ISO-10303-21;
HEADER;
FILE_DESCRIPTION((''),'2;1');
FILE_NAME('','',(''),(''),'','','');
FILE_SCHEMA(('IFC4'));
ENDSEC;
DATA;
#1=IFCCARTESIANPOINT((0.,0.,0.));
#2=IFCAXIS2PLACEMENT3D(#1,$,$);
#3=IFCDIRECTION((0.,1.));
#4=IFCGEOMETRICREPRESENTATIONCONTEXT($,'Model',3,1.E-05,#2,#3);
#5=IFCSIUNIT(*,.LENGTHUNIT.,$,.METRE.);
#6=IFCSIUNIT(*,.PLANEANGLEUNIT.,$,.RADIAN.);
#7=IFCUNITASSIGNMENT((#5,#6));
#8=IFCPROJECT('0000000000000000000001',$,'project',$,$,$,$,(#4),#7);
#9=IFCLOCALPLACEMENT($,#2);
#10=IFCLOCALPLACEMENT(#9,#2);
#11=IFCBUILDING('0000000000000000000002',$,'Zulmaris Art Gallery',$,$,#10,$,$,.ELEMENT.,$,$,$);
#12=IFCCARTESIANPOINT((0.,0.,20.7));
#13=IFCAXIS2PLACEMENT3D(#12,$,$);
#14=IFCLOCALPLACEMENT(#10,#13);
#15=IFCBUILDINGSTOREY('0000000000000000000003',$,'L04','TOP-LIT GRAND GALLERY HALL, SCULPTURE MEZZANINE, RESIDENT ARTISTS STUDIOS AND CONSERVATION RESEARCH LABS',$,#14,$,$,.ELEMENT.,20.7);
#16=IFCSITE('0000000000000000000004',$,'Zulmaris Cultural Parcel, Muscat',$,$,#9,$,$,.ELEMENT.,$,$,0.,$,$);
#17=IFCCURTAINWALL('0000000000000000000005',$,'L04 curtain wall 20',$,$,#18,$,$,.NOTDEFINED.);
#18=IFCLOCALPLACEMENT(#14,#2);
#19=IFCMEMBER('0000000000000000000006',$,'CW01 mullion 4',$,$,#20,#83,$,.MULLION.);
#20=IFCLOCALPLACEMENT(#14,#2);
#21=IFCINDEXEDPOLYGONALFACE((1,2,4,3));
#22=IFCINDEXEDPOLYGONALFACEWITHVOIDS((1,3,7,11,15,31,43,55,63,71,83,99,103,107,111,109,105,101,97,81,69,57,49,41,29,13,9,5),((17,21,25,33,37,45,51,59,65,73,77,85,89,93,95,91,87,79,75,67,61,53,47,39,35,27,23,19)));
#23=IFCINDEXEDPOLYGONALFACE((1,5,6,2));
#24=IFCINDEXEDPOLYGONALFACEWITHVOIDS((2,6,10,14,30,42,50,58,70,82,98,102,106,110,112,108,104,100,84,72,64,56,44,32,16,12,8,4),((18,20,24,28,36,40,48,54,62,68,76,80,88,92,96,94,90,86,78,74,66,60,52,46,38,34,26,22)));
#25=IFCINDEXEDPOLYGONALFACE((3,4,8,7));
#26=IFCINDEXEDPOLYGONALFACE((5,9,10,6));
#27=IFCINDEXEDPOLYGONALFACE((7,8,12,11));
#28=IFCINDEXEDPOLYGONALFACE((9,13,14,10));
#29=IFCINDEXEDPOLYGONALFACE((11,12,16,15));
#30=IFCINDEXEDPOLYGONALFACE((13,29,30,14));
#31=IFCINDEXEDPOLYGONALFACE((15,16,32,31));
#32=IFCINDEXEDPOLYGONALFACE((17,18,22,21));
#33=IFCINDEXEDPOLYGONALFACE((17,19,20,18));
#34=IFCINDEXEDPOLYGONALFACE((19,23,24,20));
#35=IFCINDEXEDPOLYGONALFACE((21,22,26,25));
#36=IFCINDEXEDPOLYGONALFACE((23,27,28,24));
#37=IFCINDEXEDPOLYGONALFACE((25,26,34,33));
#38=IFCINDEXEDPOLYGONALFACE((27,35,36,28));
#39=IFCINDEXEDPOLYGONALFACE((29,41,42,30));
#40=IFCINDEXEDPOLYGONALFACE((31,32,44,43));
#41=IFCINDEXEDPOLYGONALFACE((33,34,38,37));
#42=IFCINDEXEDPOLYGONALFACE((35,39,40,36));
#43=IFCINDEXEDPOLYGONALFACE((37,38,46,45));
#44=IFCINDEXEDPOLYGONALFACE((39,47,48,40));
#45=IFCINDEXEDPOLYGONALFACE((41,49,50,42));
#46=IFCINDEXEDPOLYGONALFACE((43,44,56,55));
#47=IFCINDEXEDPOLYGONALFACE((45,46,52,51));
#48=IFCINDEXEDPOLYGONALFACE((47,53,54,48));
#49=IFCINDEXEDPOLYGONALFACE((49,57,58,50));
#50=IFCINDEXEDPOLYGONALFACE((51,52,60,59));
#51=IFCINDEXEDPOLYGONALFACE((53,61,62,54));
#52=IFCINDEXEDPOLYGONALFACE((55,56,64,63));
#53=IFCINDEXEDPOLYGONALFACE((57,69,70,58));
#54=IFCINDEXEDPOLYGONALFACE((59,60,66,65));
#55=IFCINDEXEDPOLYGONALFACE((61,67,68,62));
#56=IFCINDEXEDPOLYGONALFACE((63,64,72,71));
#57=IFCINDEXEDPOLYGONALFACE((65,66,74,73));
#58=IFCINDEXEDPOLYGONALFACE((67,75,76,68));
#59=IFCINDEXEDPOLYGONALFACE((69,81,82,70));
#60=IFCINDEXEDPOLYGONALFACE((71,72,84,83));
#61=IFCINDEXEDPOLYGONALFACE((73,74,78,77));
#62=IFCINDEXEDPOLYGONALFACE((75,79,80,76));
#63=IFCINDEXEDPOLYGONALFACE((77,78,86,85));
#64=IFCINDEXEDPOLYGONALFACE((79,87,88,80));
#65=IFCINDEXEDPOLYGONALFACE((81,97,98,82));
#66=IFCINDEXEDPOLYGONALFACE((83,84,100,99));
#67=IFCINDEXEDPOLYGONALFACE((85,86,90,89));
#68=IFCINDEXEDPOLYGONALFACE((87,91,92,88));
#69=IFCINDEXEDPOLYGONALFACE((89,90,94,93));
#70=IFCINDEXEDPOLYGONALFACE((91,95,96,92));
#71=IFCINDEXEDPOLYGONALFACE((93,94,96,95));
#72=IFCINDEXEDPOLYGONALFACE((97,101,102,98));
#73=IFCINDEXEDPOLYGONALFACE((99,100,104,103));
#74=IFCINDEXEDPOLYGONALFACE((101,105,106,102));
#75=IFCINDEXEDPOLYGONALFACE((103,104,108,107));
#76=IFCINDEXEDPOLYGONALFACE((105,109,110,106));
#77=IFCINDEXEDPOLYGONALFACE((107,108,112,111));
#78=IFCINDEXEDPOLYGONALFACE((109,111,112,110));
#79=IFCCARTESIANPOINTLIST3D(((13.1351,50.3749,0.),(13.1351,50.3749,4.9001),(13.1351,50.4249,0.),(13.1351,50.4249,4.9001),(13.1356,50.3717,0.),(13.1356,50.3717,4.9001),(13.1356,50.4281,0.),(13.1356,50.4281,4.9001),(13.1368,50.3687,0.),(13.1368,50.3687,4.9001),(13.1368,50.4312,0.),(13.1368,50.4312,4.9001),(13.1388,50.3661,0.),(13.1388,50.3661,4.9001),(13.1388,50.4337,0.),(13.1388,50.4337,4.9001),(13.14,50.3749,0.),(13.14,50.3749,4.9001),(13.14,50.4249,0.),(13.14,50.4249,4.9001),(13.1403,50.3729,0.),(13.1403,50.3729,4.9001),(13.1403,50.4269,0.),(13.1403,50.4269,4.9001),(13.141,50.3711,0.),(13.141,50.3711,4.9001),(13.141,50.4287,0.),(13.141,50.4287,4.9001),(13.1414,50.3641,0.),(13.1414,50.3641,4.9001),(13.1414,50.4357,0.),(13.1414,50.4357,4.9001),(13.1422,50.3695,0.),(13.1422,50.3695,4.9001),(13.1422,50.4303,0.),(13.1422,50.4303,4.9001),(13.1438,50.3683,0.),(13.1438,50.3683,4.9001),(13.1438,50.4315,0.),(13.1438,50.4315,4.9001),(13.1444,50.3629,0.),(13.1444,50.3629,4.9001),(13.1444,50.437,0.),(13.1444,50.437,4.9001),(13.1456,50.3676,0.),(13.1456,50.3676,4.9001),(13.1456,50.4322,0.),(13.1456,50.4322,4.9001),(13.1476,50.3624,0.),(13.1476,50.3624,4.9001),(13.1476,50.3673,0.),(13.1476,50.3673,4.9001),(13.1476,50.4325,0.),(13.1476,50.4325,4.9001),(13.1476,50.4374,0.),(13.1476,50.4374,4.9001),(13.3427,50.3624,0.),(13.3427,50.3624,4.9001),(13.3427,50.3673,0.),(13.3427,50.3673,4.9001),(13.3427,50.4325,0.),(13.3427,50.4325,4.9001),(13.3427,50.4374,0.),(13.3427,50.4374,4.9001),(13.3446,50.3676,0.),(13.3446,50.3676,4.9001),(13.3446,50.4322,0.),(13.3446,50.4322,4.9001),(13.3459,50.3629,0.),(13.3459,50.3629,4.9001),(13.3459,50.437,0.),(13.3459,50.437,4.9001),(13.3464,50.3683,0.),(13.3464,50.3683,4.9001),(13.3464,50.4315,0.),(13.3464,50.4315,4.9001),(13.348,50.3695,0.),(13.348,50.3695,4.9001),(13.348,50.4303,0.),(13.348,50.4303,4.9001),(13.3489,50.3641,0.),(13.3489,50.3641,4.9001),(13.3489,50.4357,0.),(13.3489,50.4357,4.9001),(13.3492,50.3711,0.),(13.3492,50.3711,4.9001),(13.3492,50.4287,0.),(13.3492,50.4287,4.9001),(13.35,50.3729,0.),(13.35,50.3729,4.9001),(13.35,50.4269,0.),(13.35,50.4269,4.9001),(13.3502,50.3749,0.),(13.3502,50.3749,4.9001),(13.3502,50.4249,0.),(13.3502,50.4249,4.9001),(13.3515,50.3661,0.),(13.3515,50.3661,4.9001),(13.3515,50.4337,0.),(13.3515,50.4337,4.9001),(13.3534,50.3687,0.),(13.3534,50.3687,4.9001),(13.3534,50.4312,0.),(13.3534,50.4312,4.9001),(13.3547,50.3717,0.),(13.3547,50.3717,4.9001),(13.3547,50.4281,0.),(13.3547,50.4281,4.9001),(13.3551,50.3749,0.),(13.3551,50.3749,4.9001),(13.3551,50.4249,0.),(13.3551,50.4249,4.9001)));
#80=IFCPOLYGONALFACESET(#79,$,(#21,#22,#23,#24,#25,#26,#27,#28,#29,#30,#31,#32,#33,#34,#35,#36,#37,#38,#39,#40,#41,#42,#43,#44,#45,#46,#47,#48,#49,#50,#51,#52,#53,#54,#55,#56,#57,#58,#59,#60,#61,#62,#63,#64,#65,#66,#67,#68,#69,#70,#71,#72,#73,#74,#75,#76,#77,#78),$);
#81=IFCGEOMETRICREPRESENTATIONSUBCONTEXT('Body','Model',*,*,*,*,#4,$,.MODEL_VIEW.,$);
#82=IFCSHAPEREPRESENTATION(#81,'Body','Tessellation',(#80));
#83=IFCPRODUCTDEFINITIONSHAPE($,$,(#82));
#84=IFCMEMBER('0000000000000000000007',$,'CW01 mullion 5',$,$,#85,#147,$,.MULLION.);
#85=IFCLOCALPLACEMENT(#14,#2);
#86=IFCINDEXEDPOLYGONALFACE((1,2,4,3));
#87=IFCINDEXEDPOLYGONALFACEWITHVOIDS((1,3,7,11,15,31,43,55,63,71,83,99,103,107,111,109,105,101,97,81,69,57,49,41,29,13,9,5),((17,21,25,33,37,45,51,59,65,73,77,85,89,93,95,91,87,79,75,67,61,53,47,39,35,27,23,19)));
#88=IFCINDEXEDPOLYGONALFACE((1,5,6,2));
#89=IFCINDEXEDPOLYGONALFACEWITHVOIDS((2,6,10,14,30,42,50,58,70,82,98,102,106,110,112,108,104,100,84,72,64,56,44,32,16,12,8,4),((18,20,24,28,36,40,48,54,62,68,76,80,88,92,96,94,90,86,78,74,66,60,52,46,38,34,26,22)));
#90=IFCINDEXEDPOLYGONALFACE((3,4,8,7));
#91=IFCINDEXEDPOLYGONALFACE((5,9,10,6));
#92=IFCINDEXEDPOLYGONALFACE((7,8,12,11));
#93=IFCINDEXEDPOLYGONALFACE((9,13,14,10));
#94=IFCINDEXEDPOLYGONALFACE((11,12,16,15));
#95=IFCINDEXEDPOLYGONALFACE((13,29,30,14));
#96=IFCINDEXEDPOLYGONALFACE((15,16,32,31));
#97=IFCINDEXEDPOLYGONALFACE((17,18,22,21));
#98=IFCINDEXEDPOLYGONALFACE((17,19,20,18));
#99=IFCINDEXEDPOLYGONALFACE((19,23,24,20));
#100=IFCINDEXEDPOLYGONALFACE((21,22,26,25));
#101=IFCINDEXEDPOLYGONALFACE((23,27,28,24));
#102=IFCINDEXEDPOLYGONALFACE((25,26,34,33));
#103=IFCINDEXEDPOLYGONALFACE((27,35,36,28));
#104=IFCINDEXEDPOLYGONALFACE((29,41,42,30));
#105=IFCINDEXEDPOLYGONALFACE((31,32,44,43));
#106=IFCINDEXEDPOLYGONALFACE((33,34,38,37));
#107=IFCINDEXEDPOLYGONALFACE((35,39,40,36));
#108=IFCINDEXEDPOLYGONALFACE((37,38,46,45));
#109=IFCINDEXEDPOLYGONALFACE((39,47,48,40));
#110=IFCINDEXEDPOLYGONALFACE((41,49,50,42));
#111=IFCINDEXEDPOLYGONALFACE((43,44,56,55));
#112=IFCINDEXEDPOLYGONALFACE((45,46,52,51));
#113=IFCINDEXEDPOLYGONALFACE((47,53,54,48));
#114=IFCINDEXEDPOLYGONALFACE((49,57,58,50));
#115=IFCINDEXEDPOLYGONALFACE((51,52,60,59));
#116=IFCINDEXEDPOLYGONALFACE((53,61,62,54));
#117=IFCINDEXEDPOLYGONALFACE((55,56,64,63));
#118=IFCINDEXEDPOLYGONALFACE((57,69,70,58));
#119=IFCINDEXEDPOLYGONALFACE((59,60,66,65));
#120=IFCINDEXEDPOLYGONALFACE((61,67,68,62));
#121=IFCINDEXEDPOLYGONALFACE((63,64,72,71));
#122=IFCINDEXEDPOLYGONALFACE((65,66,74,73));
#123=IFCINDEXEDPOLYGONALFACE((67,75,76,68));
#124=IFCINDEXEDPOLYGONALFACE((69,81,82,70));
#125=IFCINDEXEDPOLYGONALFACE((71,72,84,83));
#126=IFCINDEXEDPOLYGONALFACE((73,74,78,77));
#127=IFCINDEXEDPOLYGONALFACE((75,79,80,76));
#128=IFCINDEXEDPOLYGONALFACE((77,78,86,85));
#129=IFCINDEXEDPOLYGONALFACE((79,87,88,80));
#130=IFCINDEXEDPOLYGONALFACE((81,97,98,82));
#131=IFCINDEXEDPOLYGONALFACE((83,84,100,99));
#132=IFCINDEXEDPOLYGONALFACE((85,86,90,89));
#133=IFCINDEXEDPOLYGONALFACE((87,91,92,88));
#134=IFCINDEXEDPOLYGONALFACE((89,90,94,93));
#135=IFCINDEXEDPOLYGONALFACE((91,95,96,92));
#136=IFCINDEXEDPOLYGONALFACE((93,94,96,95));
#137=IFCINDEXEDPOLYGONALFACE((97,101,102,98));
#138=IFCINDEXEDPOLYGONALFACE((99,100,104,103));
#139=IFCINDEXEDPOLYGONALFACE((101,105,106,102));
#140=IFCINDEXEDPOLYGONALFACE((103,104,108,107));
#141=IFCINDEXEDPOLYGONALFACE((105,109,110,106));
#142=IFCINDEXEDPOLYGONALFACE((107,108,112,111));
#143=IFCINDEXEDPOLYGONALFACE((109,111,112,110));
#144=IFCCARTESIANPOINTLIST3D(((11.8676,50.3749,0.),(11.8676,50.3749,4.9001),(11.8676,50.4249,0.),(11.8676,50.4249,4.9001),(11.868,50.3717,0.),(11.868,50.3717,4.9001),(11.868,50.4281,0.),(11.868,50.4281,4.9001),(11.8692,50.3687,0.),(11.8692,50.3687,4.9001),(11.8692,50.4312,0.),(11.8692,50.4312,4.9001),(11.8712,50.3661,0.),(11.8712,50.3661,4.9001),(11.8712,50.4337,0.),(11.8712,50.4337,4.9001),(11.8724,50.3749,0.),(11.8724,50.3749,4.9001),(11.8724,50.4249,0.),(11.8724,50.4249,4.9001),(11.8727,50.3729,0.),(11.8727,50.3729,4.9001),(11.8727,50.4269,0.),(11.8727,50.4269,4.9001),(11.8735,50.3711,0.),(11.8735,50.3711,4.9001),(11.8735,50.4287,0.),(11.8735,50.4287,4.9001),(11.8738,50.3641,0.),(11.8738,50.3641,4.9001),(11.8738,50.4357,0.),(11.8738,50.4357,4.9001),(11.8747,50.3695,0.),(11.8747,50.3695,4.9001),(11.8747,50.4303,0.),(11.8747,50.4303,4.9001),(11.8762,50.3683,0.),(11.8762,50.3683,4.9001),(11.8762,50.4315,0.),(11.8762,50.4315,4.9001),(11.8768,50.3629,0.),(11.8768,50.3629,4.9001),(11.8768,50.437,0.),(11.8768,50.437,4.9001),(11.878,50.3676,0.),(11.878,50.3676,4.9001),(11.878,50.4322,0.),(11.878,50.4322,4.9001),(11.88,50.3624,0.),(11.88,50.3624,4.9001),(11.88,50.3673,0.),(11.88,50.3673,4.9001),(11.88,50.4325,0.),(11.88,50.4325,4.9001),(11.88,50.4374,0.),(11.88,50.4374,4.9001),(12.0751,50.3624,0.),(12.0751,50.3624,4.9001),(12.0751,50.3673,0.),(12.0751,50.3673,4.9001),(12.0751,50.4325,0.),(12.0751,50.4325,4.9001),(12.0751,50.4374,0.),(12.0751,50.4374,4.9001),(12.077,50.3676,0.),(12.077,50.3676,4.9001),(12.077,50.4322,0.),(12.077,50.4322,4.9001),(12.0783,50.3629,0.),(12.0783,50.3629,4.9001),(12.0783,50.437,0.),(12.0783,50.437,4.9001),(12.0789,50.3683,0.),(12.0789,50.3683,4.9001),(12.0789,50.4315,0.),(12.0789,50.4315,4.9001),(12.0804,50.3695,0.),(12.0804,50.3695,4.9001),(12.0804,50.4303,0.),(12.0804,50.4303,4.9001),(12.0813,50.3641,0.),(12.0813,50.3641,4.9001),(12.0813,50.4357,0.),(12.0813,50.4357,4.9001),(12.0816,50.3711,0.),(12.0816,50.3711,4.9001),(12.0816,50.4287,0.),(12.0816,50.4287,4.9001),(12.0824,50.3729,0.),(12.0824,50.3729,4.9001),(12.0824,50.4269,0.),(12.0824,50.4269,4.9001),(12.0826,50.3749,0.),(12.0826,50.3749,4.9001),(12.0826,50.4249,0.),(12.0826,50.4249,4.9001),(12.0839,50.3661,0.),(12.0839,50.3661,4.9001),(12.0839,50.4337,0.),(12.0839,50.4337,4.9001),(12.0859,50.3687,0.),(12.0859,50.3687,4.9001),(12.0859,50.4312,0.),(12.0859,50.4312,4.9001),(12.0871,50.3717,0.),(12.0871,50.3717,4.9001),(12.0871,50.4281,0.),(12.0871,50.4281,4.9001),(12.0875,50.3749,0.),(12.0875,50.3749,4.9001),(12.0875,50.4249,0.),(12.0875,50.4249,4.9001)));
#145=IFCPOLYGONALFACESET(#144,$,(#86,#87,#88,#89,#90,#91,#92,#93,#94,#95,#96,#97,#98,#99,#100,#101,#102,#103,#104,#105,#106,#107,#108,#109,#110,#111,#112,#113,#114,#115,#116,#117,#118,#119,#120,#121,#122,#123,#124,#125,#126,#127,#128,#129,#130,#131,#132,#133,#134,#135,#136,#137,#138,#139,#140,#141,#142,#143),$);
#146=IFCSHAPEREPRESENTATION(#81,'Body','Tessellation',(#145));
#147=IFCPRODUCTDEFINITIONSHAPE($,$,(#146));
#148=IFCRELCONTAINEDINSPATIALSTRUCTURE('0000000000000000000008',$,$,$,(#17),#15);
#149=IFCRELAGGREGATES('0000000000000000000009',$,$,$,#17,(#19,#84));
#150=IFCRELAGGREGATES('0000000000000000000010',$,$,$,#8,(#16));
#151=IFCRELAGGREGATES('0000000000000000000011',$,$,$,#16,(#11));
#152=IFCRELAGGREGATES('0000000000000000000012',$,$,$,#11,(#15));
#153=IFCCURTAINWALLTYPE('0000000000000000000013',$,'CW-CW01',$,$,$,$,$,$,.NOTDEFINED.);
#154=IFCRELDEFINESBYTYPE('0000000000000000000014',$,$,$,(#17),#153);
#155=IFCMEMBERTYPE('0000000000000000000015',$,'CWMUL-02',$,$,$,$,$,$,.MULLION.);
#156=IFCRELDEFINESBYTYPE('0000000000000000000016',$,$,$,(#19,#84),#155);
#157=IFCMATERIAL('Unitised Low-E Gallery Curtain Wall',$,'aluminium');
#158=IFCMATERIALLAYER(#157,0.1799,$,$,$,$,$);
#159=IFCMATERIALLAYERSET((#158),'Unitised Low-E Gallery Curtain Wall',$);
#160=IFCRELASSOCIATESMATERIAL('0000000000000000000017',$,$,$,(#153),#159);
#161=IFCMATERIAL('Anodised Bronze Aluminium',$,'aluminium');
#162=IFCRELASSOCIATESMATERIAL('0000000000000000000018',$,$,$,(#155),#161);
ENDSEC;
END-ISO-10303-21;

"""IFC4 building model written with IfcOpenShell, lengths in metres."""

from ifc_helpers import new_model, si_unit, direction, frame, origin, origin_2d, place, context, subcontext, project, spatial, hollow_rectangle, extrude, material, layer, layer_set, material_profile, profile_set, type_object, element, aggregate, save


model = new_model("IFC4")

# Units and contexts
model_context = context("Model", 3, precision=1e-05, world=origin(), true_north=direction((0.0, 1.0)))
body_context = subcontext(model_context, "Body", "Model", "MODEL_VIEW")
ifc_project = project(units=[si_unit("LENGTHUNIT", "METRE"), si_unit("PLANEANGLEUNIT", "RADIAN")], contexts=[model_context])

# Site, building, storey
site_placement = place(None, origin())
site = spatial("IfcSite", under=ifc_project, at=site_placement, Name="Zulmaris Cultural Parcel, Muscat", CompositionType="ELEMENT", RefElevation=0.0)
building_placement = place(site_placement, origin())
building = spatial("IfcBuilding", under=site, at=building_placement, Name="Zulmaris Art Gallery", CompositionType="ELEMENT")
storey_placement = place(building_placement, frame((0.0, 0.0, 20.7)))
storey = spatial("IfcBuildingStorey", under=building, at=storey_placement, Name="L04", Description="TOP-LIT GRAND GALLERY HALL, SCULPTURE MEZZANINE, RESIDENT ARTISTS STUDIOS AND CONSERVATION RESEARCH LABS", CompositionType="ELEMENT", Elevation=20.7)

# Curtain wall, members
ifc_material_1 = material(Name="Unitised Low-E Gallery Curtain Wall", Category="aluminium")
ifc_layer_1 = layer(ifc_material_1, 0.1799)
ifc_layer_set_1 = layer_set([ifc_layer_1], Name="Unitised Low-E Gallery Curtain Wall")
curtain_wall_type_1 = type_object("IfcCurtainWallType", Name="CW-CW01", PredefinedType="NOTDEFINED", material=ifc_layer_set_1)
curtain_wall_1_placement = place(storey_placement, origin())
curtain_wall_1 = element("IfcCurtainWall", 1, at=curtain_wall_1_placement, inside=storey, type_object=curtain_wall_type_1, Name="L04 curtain wall 20", PredefinedType="NOTDEFINED")
ifc_material_2 = material(Name="Anodised Bronze Aluminium", Category="aluminium")
ifc_material_profile_1 = material_profile(ifc_material_2, hollow_rectangle(XDim=0.075, YDim=0.22, WallThickness=0.0049, InnerFilletRadius=0.0076, OuterFilletRadius=0.0125, at=origin_2d()), Name="ALU 75x220x5")
ifc_profile_set_1 = profile_set([ifc_material_profile_1], Name="Anodised Bronze Aluminium")
member_type_1 = type_object("IfcMemberType", Name="CWMUL-02", PredefinedType="MULLION", material=ifc_profile_set_1)
member_1_placement = place(storey_placement, frame((13.2451, 50.3999, 0.0), z_axis=(0.0, 0.0, 1.0), x_axis=(0.0, -1.0, 0.0)))
member_1 = element("IfcMember", 2, at=member_1_placement, type_object=member_type_1, Name="CW01 mullion 4", PredefinedType="MULLION", context=body_context, shape_type="SweptSolid", body=[
    extrude(hollow_rectangle(XDim=0.075, YDim=0.22, WallThickness=0.0049, InnerFilletRadius=0.0076, OuterFilletRadius=0.0125, at=origin_2d()), origin(), (0.0, 0.0, 1.0), 4.9001),
])
member_2_placement = place(storey_placement, frame((11.9775, 50.3999, 0.0), z_axis=(0.0, 0.0, 1.0), x_axis=(0.0, -1.0, 0.0)))
member_2 = element("IfcMember", 3, at=member_2_placement, type_object=member_type_1, Name="CW01 mullion 5", PredefinedType="MULLION", context=body_context, shape_type="SweptSolid", body=[
    extrude(hollow_rectangle(XDim=0.075, YDim=0.22, WallThickness=0.0049, InnerFilletRadius=0.0076, OuterFilletRadius=0.0125, at=origin_2d()), origin(), (0.0, 0.0, 1.0), 4.9001),
])

aggregate(curtain_wall_1, [member_1, member_2])

save(model, "model.ifc")
